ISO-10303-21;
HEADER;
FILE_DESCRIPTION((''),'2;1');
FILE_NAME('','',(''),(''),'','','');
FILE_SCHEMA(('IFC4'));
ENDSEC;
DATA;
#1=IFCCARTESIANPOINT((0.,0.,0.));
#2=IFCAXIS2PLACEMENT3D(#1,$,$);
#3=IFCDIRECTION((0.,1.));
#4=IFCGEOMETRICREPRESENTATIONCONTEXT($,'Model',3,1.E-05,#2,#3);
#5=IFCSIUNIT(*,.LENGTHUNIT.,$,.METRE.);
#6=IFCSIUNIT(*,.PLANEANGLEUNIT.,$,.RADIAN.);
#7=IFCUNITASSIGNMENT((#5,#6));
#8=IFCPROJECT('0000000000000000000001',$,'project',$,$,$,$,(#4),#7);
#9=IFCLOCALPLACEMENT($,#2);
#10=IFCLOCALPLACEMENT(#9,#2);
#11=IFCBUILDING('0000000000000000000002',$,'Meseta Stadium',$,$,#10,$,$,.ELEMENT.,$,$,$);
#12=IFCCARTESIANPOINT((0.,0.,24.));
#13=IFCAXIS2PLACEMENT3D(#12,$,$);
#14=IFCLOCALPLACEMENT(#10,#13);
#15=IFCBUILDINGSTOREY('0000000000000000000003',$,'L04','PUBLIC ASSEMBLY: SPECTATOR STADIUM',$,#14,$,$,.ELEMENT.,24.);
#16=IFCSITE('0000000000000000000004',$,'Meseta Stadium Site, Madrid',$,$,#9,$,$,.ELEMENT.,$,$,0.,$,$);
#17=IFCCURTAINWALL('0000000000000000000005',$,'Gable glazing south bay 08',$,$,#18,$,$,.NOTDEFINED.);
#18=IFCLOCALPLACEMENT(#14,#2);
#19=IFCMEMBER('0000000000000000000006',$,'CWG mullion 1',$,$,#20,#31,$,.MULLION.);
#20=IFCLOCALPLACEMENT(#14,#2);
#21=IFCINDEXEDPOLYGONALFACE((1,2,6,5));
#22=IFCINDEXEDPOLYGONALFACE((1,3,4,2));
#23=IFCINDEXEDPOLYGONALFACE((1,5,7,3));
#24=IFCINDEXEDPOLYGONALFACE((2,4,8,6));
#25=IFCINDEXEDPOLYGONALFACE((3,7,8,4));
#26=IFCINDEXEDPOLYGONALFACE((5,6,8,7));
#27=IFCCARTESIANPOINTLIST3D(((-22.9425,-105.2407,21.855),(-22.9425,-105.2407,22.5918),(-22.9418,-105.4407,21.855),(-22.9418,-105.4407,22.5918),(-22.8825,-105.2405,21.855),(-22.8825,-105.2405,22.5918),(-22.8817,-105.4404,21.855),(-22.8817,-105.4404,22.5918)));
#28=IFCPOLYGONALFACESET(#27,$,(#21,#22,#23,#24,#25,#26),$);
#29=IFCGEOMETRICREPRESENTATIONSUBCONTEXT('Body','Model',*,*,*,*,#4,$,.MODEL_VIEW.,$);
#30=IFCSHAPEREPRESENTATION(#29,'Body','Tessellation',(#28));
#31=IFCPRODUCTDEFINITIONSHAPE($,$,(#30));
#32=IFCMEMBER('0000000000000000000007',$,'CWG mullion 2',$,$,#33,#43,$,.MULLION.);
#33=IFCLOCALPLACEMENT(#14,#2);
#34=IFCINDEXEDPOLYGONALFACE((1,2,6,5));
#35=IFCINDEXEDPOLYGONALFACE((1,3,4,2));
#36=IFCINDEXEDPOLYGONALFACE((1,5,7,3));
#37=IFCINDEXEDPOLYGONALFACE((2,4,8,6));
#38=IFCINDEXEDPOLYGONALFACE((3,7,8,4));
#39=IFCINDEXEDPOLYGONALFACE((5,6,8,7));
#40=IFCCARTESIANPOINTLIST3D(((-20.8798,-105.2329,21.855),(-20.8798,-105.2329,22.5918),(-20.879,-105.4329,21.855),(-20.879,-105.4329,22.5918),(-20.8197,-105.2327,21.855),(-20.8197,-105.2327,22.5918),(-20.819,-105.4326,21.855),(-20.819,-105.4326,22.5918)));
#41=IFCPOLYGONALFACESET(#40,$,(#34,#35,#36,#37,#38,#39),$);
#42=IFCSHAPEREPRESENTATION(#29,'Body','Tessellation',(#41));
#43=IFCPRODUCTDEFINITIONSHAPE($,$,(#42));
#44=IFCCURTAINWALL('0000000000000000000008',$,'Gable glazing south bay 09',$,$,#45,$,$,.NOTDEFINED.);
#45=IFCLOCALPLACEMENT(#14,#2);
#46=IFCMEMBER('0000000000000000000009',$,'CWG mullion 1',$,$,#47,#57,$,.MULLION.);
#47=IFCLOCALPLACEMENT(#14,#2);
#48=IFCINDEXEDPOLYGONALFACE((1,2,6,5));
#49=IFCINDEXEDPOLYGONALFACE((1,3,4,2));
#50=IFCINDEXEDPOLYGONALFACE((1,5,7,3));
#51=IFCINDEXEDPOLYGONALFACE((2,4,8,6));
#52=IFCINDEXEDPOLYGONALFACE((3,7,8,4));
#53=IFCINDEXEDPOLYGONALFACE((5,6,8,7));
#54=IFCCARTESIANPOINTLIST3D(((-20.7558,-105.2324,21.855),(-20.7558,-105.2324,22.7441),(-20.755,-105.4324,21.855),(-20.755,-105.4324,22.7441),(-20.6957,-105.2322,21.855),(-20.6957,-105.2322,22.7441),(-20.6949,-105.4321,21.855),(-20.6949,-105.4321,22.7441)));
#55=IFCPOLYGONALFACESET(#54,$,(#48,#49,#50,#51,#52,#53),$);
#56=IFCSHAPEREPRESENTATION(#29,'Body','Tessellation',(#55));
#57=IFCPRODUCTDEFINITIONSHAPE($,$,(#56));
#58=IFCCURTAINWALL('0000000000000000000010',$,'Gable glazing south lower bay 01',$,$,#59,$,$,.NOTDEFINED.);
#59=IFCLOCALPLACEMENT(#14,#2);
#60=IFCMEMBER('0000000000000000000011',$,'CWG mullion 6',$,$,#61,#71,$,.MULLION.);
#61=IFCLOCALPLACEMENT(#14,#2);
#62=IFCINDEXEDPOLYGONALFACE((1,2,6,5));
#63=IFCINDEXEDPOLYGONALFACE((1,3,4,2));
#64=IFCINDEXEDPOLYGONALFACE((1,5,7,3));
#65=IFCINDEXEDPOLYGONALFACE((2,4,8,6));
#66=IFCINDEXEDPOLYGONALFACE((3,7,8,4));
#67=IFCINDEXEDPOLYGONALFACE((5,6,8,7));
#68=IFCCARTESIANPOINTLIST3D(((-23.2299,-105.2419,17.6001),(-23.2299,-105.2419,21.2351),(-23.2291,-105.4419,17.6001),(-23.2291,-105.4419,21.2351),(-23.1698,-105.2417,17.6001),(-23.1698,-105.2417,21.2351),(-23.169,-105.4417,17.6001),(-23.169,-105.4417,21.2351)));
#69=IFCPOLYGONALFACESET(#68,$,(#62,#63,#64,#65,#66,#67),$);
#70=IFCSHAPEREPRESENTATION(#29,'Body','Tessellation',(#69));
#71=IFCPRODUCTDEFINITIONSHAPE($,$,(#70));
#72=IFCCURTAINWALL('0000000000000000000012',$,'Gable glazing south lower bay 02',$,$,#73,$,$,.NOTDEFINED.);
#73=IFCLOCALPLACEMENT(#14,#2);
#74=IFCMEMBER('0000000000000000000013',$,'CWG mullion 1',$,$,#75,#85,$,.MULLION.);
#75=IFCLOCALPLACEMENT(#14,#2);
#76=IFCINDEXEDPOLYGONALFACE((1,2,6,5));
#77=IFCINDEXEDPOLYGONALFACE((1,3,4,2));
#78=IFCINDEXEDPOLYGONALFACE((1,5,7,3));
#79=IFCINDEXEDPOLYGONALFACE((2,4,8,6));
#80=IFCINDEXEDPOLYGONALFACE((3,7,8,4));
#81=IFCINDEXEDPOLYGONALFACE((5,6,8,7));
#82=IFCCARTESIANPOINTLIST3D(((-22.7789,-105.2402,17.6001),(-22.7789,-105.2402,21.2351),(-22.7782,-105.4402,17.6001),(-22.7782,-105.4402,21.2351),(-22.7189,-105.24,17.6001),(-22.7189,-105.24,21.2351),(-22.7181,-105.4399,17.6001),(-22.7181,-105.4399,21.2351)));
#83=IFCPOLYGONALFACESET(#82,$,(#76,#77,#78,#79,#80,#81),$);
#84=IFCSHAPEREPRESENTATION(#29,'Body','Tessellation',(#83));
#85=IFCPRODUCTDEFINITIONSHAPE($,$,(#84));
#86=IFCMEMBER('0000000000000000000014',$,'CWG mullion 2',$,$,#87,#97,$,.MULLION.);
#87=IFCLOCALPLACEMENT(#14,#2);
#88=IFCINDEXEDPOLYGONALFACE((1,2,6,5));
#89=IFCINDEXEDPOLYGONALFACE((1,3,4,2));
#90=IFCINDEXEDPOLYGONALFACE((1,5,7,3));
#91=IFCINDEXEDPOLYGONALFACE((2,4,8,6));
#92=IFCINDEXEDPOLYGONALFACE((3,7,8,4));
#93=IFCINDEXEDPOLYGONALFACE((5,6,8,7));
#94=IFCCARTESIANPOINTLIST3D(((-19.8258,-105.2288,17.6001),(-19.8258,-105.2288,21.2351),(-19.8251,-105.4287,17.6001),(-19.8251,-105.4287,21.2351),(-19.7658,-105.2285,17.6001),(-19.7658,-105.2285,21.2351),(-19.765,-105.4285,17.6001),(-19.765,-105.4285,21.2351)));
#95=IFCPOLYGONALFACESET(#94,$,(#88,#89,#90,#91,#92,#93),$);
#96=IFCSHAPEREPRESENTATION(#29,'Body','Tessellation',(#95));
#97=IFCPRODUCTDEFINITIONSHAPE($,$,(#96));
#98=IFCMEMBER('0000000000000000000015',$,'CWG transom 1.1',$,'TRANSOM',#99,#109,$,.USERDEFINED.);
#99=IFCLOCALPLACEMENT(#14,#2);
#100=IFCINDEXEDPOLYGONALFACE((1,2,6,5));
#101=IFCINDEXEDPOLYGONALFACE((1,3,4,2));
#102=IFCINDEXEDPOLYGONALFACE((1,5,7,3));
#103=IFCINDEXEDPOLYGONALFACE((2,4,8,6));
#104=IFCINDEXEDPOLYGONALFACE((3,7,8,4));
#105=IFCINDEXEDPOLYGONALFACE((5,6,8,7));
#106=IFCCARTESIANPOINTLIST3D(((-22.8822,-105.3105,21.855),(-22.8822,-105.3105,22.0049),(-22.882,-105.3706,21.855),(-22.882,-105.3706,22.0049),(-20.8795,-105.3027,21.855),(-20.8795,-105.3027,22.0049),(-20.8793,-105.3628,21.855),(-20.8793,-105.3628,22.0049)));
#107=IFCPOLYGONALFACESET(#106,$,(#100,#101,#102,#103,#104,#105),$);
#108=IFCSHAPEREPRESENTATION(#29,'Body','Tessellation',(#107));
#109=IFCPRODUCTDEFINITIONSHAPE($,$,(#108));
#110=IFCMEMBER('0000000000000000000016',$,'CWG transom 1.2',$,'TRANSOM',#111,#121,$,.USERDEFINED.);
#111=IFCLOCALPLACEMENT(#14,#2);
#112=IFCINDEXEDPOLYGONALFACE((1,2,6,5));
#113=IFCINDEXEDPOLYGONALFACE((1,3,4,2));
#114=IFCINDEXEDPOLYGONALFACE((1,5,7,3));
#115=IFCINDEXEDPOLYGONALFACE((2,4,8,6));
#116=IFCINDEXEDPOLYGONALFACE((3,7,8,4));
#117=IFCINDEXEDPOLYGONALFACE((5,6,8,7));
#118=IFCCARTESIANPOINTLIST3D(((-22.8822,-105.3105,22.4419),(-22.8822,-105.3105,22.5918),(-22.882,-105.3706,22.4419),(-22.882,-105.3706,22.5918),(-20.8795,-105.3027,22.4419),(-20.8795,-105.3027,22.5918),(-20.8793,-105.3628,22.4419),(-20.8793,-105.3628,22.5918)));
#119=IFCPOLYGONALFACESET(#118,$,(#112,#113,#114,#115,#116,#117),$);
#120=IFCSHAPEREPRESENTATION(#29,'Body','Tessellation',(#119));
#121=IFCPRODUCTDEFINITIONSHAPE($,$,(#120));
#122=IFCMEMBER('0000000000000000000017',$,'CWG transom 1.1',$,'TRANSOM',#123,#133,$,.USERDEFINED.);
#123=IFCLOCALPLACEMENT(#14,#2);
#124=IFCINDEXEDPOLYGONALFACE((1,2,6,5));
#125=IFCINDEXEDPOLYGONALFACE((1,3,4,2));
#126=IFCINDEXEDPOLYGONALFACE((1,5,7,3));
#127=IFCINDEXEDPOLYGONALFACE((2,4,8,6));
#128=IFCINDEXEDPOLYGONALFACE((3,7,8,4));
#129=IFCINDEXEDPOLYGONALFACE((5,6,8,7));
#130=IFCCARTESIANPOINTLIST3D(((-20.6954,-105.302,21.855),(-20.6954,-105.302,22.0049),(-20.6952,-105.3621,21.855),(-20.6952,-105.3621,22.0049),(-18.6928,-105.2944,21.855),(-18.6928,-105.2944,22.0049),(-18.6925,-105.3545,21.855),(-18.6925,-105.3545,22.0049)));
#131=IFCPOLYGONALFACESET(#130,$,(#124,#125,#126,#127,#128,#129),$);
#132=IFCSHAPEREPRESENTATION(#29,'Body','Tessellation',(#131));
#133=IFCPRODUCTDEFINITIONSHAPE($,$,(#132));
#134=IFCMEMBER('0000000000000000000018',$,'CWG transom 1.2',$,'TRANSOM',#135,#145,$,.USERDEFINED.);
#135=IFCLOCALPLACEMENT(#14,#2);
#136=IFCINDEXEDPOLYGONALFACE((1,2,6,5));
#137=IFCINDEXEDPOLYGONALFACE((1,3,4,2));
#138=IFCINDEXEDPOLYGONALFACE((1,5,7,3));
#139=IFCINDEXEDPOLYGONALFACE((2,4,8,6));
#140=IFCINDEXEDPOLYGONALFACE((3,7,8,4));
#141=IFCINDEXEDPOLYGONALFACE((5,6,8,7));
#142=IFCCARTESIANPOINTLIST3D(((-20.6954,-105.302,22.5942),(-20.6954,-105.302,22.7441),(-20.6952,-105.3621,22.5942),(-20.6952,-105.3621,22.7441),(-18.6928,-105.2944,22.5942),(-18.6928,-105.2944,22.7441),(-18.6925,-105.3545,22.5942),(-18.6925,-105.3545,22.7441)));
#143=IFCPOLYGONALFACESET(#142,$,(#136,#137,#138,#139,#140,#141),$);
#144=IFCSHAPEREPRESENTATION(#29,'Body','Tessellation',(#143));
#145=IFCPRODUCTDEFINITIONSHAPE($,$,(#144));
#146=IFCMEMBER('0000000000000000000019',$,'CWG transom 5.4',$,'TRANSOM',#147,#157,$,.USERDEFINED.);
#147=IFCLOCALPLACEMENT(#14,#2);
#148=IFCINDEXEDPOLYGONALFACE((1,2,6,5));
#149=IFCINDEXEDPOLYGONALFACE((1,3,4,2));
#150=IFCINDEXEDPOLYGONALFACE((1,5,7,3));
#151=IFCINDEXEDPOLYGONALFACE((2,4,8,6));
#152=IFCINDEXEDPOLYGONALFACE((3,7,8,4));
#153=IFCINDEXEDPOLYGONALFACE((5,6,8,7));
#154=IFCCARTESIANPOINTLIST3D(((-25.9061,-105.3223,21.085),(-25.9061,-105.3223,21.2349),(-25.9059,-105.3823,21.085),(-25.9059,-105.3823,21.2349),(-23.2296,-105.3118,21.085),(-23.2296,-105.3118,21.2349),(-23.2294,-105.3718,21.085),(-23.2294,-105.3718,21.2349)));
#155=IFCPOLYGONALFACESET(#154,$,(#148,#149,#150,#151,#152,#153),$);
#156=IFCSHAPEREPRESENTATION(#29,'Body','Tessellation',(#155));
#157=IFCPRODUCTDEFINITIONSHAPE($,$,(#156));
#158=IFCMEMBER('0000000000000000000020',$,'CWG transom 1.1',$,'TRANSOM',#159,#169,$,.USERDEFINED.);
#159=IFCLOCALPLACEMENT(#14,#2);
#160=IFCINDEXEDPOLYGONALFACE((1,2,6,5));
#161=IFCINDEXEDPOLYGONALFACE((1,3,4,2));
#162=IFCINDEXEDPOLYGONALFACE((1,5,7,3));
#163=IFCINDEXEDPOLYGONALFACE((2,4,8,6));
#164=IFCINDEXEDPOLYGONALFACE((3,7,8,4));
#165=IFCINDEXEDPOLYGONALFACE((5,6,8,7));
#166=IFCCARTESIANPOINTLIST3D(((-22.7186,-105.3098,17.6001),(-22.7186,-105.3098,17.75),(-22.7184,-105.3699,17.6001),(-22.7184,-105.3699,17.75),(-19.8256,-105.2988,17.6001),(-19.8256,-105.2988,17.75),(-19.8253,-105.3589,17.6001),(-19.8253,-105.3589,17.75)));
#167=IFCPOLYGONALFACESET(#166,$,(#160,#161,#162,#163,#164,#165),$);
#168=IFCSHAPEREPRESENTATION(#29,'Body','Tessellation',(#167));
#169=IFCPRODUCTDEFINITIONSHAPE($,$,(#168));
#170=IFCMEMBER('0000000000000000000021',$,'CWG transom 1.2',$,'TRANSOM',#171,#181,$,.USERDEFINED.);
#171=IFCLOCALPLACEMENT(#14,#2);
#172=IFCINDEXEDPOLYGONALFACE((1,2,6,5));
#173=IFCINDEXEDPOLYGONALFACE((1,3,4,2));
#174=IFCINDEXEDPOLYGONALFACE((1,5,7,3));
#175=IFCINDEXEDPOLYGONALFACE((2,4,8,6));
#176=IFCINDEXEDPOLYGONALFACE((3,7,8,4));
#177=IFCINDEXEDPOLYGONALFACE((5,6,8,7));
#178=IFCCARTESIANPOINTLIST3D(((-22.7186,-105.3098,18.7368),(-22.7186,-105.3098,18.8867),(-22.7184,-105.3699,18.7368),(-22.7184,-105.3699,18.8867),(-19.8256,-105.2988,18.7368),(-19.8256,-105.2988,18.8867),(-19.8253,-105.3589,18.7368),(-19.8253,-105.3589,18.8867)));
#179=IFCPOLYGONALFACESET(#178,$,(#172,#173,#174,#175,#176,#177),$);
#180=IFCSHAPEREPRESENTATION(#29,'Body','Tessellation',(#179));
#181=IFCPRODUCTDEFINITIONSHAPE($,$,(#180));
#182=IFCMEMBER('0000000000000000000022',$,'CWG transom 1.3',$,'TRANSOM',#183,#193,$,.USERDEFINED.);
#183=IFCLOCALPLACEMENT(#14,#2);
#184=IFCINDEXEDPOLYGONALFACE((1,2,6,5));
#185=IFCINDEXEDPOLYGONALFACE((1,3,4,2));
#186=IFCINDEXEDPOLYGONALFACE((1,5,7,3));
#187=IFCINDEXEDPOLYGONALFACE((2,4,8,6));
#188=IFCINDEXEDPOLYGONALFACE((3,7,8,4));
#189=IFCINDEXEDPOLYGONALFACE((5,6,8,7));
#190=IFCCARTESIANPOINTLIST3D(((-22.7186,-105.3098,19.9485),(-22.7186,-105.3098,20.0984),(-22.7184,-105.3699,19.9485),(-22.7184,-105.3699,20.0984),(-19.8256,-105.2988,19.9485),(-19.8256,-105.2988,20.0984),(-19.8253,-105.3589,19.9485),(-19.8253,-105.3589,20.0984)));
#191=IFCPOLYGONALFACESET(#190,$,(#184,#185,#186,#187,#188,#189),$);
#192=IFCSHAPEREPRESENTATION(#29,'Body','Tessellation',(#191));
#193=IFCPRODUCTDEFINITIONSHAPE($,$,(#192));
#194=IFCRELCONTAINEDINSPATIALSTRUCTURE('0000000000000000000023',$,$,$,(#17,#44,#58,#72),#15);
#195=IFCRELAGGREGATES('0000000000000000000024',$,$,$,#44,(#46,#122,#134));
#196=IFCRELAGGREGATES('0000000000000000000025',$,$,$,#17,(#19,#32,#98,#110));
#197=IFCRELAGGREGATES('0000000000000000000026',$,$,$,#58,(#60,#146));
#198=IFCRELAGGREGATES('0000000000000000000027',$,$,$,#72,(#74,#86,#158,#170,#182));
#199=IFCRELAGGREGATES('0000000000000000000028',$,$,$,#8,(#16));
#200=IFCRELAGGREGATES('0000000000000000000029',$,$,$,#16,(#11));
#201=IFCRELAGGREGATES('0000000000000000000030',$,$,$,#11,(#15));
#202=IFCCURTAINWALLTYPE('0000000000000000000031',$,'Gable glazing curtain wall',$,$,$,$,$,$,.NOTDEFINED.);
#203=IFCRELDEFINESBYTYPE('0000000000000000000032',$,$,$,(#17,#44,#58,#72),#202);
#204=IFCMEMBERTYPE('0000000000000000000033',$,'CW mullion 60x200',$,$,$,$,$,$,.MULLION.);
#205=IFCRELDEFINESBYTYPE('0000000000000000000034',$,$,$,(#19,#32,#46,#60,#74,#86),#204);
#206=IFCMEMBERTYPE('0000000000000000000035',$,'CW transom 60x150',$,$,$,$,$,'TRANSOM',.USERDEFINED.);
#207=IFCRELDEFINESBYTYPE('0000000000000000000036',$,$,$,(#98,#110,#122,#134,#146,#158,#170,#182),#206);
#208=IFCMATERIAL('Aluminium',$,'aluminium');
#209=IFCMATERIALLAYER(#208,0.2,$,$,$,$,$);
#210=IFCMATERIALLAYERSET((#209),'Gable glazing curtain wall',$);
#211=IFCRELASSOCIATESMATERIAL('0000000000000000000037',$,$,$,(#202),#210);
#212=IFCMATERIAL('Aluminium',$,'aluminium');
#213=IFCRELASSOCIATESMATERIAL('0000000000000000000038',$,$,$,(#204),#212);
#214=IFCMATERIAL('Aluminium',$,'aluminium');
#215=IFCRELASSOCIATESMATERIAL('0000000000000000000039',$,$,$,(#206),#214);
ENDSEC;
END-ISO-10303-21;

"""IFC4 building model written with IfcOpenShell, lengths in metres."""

from ifc_helpers import new_model, si_unit, direction, frame, origin, origin_2d, place, context, subcontext, project, spatial, rectangle, extrude, material, layer, layer_set, material_profile, profile_set, type_object, element, aggregate, save


model = new_model("IFC4")

# Units and contexts
model_context = context("Model", 3, precision=1e-05, world=origin(), true_north=direction((0.0, 1.0)))
body_context = subcontext(model_context, "Body", "Model", "MODEL_VIEW")
ifc_project = project(units=[si_unit("LENGTHUNIT", "METRE"), si_unit("PLANEANGLEUNIT", "RADIAN")], contexts=[model_context])

# Site, building, storey
site_placement = place(None, origin())
site = spatial("IfcSite", under=ifc_project, at=site_placement, Name="Meseta Stadium Site, Madrid", CompositionType="ELEMENT", RefElevation=0.0)
building_placement = place(site_placement, origin())
building = spatial("IfcBuilding", under=site, at=building_placement, Name="Meseta Stadium", CompositionType="ELEMENT")
storey_placement = place(building_placement, frame((0.0, 0.0, 24.0)))
storey = spatial("IfcBuildingStorey", under=building, at=storey_placement, Name="L04", Description="PUBLIC ASSEMBLY: SPECTATOR STADIUM", CompositionType="ELEMENT", Elevation=24.0)

# Curtain wall, members
ifc_material_1 = material(Name="Aluminium", Category="aluminium")
ifc_layer_1 = layer(ifc_material_1, 0.2)
ifc_layer_set_1 = layer_set([ifc_layer_1], Name="Gable glazing curtain wall")
curtain_wall_type = type_object("IfcCurtainWallType", Name="Gable glazing curtain wall", PredefinedType="NOTDEFINED", material=ifc_layer_set_1)
curtain_wall_1_placement = place(storey_placement, origin())
curtain_wall_1 = element("IfcCurtainWall", 1, at=curtain_wall_1_placement, inside=storey, type_object=curtain_wall_type, Name="Gable glazing south bay 08", PredefinedType="NOTDEFINED")
ifc_material_2 = material(Name="Aluminium", Category="aluminium")
ifc_material_profile_1 = material_profile(ifc_material_2, rectangle(XDim=0.2, YDim=0.0601, at=origin_2d()), Name="CW 200x60")
ifc_profile_set_1 = profile_set([ifc_material_profile_1], Name="Aluminium")
member_type_1 = type_object("IfcMemberType", Name="CW mullion 60x200", PredefinedType="MULLION", material=ifc_profile_set_1)
member_1_placement = place(storey_placement, frame((-22.9121, -105.3406, 21.855), z_axis=(0.0, 0.0, 1.0), x_axis=(-0.003848, 0.999993, 0.0)))
member_1 = element("IfcMember", 2, at=member_1_placement, type_object=member_type_1, Name="CWG mullion 1", PredefinedType="MULLION", context=body_context, shape_type="SweptSolid", body=[
    extrude(rectangle(XDim=0.2, YDim=0.0601, at=origin_2d()), origin(), (0.0, 0.0, 1.0), 0.7368),
])
member_2_placement = place(storey_placement, frame((-20.8494, -105.3328, 21.855), z_axis=(0.0, 0.0, 1.0), x_axis=(-0.003848, 0.999993, 0.0)))
member_2 = element("IfcMember", 3, at=member_2_placement, type_object=member_type_1, Name="CWG mullion 2", PredefinedType="MULLION", context=body_context, shape_type="SweptSolid", body=[
    extrude(rectangle(XDim=0.2, YDim=0.0601, at=origin_2d()), origin(), (0.0, 0.0, 1.0), 0.7368),
])

# Curtain walls, members
curtain_wall_2_placement = place(storey_placement, origin())
curtain_wall_2 = element("IfcCurtainWall", 4, at=curtain_wall_2_placement, inside=storey, type_object=curtain_wall_type, Name="Gable glazing south bay 09", PredefinedType="NOTDEFINED")
member_3_placement = place(storey_placement, frame((-20.7253, -105.3323, 21.855), z_axis=(0.0, 0.0, 1.0), x_axis=(-0.003848, 0.999993, 0.0)))
member_3 = element("IfcMember", 5, at=member_3_placement, type_object=member_type_1, Name="CWG mullion 1", PredefinedType="MULLION", context=body_context, shape_type="SweptSolid", body=[
    extrude(rectangle(XDim=0.2, YDim=0.0601, at=origin_2d()), origin(), (0.0, 0.0, 1.0), 0.8892),
])
curtain_wall_3_placement = place(storey_placement, origin())
curtain_wall_3 = element("IfcCurtainWall", 6, at=curtain_wall_3_placement, inside=storey, type_object=curtain_wall_type, Name="Gable glazing south lower bay 01", PredefinedType="NOTDEFINED")
member_4_placement = place(storey_placement, frame((-23.1995, -105.3418, 17.6001), z_axis=(0.0, 0.0, 1.0), x_axis=(-0.003848, 0.999993, 0.0)))
member_4 = element("IfcMember", 7, at=member_4_placement, type_object=member_type_1, Name="CWG mullion 6", PredefinedType="MULLION", context=body_context, shape_type="SweptSolid", body=[
    extrude(rectangle(XDim=0.2, YDim=0.0601, at=origin_2d()), origin(), (0.0, 0.0, 1.0), 3.635),
])

# Curtain wall, members
curtain_wall_4_placement = place(storey_placement, origin())
curtain_wall_4 = element("IfcCurtainWall", 8, at=curtain_wall_4_placement, inside=storey, type_object=curtain_wall_type, Name="Gable glazing south lower bay 02", PredefinedType="NOTDEFINED")
member_5_placement = place(storey_placement, frame((-22.7485, -105.3401, 17.6001), z_axis=(0.0, 0.0, 1.0), x_axis=(-0.003848, 0.999993, 0.0)))
member_5 = element("IfcMember", 9, at=member_5_placement, type_object=member_type_1, Name="CWG mullion 1", PredefinedType="MULLION", context=body_context, shape_type="SweptSolid", body=[
    extrude(rectangle(XDim=0.2, YDim=0.0601, at=origin_2d()), origin(), (0.0, 0.0, 1.0), 3.635),
])
member_6_placement = place(storey_placement, frame((-19.7954, -105.3286, 17.6001), z_axis=(0.0, 0.0, 1.0), x_axis=(-0.003848, 0.999993, 0.0)))
member_6 = element("IfcMember", 10, at=member_6_placement, type_object=member_type_1, Name="CWG mullion 2", PredefinedType="MULLION", context=body_context, shape_type="SweptSolid", body=[
    extrude(rectangle(XDim=0.2, YDim=0.0601, at=origin_2d()), origin(), (0.0, 0.0, 1.0), 3.635),
])

# Members
ifc_material_3 = material(Name="Aluminium", Category="aluminium")
ifc_material_profile_2 = material_profile(ifc_material_3, rectangle(XDim=0.0601, YDim=0.1499, at=origin_2d()), Name="CW 60x150")
ifc_profile_set_2 = profile_set([ifc_material_profile_2], Name="Aluminium")
member_type_2 = type_object("IfcMemberType", Name="CW transom 60x150", ElementType="TRANSOM", PredefinedType="USERDEFINED", material=ifc_profile_set_2)
member_7_placement = place(storey_placement, frame((-22.8821, -105.3406, 21.9299), z_axis=(0.999992, 0.003901, 0.0), x_axis=(-0.003901, 0.999992, 0.0)))
member_7 = element("IfcMember", 11, at=member_7_placement, type_object=member_type_2, Name="CWG transom 1.1", ObjectType="TRANSOM", PredefinedType="USERDEFINED", context=body_context, shape_type="SweptSolid", body=[
    extrude(rectangle(XDim=0.0601, YDim=0.1499, at=origin_2d()), origin(), (0.0, 0.0, 1.0), 2.0027),
])
member_8_placement = place(storey_placement, frame((-22.8821, -105.3406, 22.5168), z_axis=(0.999992, 0.003901, 0.0), x_axis=(-0.003901, 0.999992, 0.0)))
member_8 = element("IfcMember", 12, at=member_8_placement, type_object=member_type_2, Name="CWG transom 1.2", ObjectType="TRANSOM", PredefinedType="USERDEFINED", context=body_context, shape_type="SweptSolid", body=[
    extrude(rectangle(XDim=0.0601, YDim=0.1499, at=origin_2d()), origin(), (0.0, 0.0, 1.0), 2.0027),
])
member_9_placement = place(storey_placement, frame((-20.6953, -105.332, 21.9299), z_axis=(0.999993, 0.003779, 0.0), x_axis=(-0.003779, 0.999993, 0.0)))
member_9 = element("IfcMember", 13, at=member_9_placement, type_object=member_type_2, Name="CWG transom 1.1", ObjectType="TRANSOM", PredefinedType="USERDEFINED", context=body_context, shape_type="SweptSolid", body=[
    extrude(rectangle(XDim=0.0601, YDim=0.1499, at=origin_2d()), origin(), (0.0, 0.0, 1.0), 2.0027),
])
member_10_placement = place(storey_placement, frame((-20.6953, -105.332, 22.6692), z_axis=(0.999993, 0.003779, 0.0), x_axis=(-0.003779, 0.999993, 0.0)))
member_10 = element("IfcMember", 14, at=member_10_placement, type_object=member_type_2, Name="CWG transom 1.2", ObjectType="TRANSOM", PredefinedType="USERDEFINED", context=body_context, shape_type="SweptSolid", body=[
    extrude(rectangle(XDim=0.0601, YDim=0.1499, at=origin_2d()), origin(), (0.0, 0.0, 1.0), 2.0027),
])
aggregate(curtain_wall_2, [member_3, member_9, member_10])
member_11_placement = place(storey_placement, frame((-25.906, -105.3523, 21.1599), z_axis=(0.999992, 0.003922, 0.0), x_axis=(-0.003922, 0.999992, 0.0)))
member_11 = element("IfcMember", 15, at=member_11_placement, type_object=member_type_2, Name="CWG transom 5.4", ObjectType="TRANSOM", PredefinedType="USERDEFINED", context=body_context, shape_type="SweptSolid", body=[
    extrude(rectangle(XDim=0.0601, YDim=0.1499, at=origin_2d()), origin(), (0.0, 0.0, 1.0), 2.6765),
])
member_12_placement = place(storey_placement, frame((-22.7185, -105.3398, 17.675), z_axis=(0.999993, 0.003797, 0.0), x_axis=(-0.003797, 0.999993, 0.0)))
member_12 = element("IfcMember", 16, at=member_12_placement, type_object=member_type_2, Name="CWG transom 1.1", ObjectType="TRANSOM", PredefinedType="USERDEFINED", context=body_context, shape_type="SweptSolid", body=[
    extrude(rectangle(XDim=0.0601, YDim=0.1499, at=origin_2d()), origin(), (0.0, 0.0, 1.0), 2.8931),
])
member_13_placement = place(storey_placement, frame((-22.7185, -105.3398, 18.8118), z_axis=(0.999993, 0.003797, 0.0), x_axis=(-0.003797, 0.999993, 0.0)))
member_13 = element("IfcMember", 17, at=member_13_placement, type_object=member_type_2, Name="CWG transom 1.2", ObjectType="TRANSOM", PredefinedType="USERDEFINED", context=body_context, shape_type="SweptSolid", body=[
    extrude(rectangle(XDim=0.0601, YDim=0.1499, at=origin_2d()), origin(), (0.0, 0.0, 1.0), 2.8931),
])
member_14_placement = place(storey_placement, frame((-22.7185, -105.3398, 20.0234), z_axis=(0.999993, 0.003797, 0.0), x_axis=(-0.003797, 0.999993, 0.0)))
member_14 = element("IfcMember", 18, at=member_14_placement, type_object=member_type_2, Name="CWG transom 1.3", ObjectType="TRANSOM", PredefinedType="USERDEFINED", context=body_context, shape_type="SweptSolid", body=[
    extrude(rectangle(XDim=0.0601, YDim=0.1499, at=origin_2d()), origin(), (0.0, 0.0, 1.0), 2.8931),
])

aggregate(curtain_wall_1, [member_1, member_2, member_7, member_8])
aggregate(curtain_wall_3, [member_4, member_11])
aggregate(curtain_wall_4, [member_5, member_6, member_12, member_13, member_14])

save(model, "model.ifc")
